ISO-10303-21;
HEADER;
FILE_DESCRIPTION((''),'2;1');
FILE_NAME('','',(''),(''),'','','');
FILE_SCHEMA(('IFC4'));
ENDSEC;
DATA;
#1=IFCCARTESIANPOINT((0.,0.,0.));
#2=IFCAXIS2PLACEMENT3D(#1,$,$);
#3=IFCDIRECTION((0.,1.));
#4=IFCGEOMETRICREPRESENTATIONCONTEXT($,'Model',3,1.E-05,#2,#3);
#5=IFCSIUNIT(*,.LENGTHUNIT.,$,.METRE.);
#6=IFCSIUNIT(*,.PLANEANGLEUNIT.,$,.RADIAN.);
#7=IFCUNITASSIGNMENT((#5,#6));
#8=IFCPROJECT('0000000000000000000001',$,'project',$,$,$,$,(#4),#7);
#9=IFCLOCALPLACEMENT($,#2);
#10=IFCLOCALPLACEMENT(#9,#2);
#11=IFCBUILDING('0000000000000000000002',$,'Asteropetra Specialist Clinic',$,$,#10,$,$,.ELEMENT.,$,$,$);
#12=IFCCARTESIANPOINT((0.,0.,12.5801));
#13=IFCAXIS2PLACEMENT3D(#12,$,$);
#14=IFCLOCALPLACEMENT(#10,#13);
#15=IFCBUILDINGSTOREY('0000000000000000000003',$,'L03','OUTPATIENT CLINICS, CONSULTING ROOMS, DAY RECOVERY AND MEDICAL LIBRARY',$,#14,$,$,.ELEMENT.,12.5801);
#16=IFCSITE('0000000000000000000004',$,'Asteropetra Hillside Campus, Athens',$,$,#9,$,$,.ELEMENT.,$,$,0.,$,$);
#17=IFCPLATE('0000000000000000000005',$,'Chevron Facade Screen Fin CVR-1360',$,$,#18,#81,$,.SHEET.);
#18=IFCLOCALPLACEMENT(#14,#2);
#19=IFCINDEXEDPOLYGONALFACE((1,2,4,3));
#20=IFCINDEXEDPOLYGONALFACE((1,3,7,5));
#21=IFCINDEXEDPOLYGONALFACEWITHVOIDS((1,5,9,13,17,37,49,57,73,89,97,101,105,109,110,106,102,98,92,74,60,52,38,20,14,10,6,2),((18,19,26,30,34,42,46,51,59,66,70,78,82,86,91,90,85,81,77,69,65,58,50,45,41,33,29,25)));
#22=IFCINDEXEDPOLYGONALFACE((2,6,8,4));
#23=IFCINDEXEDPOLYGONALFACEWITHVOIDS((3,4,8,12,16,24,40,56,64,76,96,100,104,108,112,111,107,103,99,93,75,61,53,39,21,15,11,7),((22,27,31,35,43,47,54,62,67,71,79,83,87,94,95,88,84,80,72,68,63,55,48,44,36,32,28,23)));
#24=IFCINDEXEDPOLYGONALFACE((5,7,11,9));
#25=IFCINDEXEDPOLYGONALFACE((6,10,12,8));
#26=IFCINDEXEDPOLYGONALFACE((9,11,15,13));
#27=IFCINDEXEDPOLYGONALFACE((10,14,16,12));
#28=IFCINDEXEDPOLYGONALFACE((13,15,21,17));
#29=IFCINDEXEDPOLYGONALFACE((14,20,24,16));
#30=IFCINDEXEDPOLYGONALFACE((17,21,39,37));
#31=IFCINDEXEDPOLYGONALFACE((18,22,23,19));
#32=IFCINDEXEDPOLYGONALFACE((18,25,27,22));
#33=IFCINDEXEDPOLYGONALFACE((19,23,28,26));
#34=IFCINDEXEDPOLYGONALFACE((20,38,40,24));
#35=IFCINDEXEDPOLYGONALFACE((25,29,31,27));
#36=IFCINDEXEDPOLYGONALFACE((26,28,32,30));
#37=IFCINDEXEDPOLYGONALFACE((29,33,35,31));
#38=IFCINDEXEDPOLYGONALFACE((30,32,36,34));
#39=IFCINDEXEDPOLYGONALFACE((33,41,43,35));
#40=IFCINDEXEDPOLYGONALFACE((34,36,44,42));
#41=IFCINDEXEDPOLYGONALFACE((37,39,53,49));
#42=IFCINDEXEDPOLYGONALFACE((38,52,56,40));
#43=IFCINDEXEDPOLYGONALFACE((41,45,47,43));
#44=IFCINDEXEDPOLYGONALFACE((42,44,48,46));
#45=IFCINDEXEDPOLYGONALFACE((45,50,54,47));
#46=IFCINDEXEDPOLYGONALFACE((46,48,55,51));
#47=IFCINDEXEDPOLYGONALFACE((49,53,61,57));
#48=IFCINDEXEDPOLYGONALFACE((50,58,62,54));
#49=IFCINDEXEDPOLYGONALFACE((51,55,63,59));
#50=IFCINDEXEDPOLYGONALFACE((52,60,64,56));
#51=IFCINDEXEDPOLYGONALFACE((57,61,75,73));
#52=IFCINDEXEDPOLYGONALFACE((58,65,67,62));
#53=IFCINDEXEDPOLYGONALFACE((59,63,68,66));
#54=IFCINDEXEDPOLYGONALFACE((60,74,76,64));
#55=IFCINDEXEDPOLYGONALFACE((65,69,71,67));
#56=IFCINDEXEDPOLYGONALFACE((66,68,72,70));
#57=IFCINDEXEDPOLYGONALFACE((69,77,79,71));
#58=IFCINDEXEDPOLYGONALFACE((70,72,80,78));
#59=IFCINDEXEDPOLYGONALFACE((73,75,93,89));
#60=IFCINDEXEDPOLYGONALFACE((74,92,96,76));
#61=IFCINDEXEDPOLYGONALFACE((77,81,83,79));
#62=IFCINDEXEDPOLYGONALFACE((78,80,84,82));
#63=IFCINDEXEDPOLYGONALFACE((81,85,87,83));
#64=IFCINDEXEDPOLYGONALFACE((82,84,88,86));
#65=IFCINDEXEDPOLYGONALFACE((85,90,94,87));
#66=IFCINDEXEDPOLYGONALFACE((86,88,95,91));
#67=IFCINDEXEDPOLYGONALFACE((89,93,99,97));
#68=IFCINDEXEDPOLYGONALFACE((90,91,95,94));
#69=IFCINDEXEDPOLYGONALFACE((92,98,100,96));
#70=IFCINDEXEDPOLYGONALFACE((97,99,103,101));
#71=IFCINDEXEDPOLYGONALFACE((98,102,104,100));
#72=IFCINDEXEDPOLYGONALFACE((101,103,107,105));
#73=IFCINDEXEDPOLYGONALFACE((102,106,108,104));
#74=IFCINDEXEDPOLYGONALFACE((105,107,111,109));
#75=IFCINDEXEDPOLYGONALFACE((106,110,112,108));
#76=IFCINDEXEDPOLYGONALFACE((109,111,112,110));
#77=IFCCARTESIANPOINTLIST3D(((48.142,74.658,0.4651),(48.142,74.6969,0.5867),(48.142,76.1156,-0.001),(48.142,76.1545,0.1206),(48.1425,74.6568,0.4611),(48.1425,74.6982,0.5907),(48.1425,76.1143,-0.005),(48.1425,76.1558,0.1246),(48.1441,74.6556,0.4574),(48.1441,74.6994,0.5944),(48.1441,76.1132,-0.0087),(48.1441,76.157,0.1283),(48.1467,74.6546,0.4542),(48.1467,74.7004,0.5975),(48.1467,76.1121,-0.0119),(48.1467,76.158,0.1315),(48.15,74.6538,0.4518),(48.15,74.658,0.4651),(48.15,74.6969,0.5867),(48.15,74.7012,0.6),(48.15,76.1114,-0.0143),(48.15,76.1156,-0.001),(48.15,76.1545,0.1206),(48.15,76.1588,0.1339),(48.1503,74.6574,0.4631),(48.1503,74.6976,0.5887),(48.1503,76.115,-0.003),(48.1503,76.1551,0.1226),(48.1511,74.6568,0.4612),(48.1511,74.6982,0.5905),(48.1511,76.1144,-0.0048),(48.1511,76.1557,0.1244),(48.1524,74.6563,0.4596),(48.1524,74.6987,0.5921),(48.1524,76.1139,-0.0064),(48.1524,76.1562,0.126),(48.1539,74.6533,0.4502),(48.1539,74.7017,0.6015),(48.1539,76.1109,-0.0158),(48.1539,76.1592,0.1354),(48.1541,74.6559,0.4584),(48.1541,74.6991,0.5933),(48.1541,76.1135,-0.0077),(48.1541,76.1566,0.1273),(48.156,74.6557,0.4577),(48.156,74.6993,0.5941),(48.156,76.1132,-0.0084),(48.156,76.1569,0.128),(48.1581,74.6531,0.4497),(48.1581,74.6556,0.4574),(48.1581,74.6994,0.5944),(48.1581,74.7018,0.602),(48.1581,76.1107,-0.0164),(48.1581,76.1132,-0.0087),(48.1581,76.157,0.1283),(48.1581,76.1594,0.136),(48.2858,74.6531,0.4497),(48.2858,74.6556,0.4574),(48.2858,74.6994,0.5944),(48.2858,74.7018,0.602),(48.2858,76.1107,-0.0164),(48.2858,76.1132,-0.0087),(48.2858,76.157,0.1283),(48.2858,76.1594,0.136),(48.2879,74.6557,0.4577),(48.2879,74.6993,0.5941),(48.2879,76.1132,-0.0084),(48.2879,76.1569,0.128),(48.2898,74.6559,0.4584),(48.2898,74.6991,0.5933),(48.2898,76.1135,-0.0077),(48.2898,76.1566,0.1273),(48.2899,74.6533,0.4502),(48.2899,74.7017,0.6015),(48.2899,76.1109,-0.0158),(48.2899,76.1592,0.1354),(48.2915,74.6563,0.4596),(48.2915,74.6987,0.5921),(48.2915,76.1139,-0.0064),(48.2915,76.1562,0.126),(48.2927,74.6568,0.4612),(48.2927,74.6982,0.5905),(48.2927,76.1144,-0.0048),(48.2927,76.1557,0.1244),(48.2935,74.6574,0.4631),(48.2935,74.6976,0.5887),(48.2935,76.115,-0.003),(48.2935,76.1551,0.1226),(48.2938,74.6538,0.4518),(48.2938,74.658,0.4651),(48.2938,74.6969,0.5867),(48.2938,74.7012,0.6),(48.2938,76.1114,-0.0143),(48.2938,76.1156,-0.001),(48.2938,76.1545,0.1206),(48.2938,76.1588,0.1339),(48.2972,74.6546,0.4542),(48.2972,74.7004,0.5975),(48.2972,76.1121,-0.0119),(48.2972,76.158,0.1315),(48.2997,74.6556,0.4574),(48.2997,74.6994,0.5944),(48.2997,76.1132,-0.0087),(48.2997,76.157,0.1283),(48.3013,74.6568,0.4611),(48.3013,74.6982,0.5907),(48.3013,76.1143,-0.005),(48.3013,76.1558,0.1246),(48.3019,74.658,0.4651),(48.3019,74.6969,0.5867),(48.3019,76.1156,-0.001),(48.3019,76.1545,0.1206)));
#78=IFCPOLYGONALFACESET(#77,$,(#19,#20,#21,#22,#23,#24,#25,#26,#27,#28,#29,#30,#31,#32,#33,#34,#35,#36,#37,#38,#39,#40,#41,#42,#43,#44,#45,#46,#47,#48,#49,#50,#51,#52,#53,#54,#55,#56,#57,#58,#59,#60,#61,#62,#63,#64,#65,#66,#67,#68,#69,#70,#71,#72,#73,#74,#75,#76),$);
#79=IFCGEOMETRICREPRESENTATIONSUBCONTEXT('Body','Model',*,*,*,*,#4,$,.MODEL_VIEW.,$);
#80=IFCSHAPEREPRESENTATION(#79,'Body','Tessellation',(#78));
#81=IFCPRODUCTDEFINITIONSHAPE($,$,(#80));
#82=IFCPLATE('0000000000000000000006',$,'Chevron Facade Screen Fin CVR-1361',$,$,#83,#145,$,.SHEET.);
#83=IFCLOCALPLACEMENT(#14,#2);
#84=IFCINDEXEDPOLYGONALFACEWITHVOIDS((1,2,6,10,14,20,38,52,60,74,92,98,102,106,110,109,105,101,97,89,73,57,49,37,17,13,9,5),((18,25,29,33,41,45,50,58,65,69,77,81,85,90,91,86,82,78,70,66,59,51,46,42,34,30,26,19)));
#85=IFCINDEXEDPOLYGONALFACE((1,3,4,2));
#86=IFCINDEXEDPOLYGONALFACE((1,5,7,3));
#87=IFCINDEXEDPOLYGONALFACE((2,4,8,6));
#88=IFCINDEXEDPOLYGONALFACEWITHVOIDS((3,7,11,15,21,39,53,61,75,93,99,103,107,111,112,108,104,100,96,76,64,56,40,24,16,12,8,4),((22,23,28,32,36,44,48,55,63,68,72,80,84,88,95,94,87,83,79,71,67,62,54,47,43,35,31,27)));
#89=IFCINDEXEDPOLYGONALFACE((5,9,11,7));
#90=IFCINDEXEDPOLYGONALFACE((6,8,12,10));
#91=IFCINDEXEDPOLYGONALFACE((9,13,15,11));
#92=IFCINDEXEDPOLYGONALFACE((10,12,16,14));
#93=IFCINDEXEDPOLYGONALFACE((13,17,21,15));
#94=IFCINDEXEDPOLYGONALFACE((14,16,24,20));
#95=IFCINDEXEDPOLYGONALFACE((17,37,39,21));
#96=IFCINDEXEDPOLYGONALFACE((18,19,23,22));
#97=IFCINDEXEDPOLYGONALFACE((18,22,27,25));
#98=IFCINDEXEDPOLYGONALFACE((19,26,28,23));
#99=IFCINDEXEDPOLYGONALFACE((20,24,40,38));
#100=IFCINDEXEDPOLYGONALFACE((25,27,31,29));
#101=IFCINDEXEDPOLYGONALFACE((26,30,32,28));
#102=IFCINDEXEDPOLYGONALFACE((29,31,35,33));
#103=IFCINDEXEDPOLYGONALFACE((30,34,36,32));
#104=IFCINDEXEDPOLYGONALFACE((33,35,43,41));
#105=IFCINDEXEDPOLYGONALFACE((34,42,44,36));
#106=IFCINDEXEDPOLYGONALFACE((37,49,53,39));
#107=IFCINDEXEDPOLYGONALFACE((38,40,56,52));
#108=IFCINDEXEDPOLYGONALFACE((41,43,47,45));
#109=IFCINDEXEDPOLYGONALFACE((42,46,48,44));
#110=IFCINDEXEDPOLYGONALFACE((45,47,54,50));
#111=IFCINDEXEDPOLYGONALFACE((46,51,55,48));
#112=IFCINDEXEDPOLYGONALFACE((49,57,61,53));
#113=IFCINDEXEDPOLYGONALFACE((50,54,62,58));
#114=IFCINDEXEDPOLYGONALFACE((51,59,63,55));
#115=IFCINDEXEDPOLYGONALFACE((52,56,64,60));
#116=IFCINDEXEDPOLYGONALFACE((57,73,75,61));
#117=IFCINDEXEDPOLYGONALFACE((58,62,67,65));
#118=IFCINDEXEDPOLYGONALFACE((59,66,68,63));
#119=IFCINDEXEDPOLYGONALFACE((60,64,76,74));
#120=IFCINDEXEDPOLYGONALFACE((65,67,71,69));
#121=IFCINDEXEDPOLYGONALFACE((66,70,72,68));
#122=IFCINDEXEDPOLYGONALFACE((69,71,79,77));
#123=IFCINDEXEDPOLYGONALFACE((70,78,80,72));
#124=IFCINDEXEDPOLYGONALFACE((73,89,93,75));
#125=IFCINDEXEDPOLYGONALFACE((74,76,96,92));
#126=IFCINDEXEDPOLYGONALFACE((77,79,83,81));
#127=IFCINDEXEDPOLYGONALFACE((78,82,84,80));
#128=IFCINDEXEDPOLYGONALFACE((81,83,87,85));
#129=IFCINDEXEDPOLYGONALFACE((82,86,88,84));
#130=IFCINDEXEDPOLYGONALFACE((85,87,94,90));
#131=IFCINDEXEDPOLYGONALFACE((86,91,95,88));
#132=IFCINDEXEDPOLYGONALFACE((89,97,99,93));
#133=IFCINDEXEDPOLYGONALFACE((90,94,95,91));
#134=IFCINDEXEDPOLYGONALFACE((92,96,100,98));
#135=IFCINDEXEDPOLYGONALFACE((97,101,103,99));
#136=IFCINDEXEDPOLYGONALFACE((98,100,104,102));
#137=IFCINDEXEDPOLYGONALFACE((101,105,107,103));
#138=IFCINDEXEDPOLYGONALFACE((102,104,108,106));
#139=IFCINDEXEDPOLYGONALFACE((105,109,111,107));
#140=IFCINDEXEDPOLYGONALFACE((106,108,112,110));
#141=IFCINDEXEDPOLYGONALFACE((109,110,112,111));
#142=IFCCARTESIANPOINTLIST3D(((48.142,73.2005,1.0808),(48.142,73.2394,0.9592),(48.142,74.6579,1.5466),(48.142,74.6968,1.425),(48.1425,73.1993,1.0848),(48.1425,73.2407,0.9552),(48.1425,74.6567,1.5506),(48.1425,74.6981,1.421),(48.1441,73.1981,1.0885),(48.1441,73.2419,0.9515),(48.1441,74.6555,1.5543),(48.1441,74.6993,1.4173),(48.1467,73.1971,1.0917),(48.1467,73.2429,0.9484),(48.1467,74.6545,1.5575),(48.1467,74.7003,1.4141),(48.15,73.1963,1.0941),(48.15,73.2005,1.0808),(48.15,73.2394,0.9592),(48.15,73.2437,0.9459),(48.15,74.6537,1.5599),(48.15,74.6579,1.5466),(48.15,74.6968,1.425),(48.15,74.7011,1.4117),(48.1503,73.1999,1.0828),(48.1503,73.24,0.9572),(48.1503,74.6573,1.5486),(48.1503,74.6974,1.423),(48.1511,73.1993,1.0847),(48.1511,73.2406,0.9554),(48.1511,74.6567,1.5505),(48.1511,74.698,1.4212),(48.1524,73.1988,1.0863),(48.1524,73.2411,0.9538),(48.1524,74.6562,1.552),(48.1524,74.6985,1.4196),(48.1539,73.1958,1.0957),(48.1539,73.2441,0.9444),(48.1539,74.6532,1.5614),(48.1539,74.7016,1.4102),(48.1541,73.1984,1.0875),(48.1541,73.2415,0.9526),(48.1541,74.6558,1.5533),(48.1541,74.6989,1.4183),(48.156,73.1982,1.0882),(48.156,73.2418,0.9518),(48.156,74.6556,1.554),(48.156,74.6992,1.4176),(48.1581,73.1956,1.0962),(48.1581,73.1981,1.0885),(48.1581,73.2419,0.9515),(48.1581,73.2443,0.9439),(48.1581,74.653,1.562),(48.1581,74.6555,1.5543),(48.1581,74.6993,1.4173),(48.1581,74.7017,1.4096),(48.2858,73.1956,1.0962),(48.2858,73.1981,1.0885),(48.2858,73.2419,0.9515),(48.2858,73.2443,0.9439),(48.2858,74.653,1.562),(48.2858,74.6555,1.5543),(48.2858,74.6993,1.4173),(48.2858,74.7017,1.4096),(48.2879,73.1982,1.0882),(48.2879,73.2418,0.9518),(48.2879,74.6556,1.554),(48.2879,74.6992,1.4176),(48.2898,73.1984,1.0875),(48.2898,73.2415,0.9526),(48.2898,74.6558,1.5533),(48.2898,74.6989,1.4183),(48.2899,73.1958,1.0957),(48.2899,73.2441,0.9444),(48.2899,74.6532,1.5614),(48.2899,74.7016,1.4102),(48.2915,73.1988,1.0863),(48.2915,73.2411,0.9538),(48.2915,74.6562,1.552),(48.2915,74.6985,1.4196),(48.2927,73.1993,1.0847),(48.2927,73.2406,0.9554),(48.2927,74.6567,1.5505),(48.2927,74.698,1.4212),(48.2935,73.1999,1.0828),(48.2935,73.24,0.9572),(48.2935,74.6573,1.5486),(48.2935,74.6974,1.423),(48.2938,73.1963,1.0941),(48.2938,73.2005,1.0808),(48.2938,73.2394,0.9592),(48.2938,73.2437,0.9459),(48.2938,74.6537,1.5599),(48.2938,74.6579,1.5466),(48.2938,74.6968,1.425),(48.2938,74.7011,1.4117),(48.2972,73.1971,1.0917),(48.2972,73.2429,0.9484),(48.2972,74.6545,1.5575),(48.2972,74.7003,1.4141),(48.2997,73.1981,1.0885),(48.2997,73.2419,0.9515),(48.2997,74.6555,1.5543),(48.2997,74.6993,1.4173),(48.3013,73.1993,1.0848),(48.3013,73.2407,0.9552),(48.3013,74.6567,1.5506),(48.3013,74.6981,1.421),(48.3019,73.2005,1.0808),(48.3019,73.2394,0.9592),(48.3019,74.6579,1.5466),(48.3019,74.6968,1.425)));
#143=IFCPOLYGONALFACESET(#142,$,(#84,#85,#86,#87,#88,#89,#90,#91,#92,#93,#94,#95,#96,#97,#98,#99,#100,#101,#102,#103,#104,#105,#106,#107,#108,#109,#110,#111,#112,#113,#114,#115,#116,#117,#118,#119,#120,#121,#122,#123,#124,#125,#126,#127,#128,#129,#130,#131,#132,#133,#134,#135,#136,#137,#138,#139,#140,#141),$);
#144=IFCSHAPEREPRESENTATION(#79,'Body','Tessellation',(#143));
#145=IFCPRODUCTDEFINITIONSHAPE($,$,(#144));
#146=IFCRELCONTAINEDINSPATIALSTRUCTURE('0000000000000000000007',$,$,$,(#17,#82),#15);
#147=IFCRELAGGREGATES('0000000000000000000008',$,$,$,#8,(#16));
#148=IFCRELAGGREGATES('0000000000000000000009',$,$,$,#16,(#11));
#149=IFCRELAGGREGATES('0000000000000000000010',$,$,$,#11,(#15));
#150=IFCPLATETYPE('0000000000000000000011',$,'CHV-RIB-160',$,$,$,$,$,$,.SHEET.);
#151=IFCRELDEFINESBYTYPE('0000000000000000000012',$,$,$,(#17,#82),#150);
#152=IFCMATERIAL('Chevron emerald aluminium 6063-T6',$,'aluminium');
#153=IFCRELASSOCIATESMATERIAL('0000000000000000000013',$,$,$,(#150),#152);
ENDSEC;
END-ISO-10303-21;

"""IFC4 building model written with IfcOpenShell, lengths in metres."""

from ifc_helpers import new_model, si_unit, direction, frame, origin, origin_2d, place, context, subcontext, project, spatial, hollow_rectangle, extrude, material, material_profile, profile_set, type_object, element, save


model = new_model("IFC4")

# Units and contexts
model_context = context("Model", 3, precision=1e-05, world=origin(), true_north=direction((0.0, 1.0)))
body_context = subcontext(model_context, "Body", "Model", "MODEL_VIEW")
ifc_project = project(units=[si_unit("LENGTHUNIT", "METRE"), si_unit("PLANEANGLEUNIT", "RADIAN")], contexts=[model_context])

# Site, building, storey
site_placement = place(None, origin())
site = spatial("IfcSite", under=ifc_project, at=site_placement, Name="Asteropetra Hillside Campus, Athens", CompositionType="ELEMENT", RefElevation=0.0)
building_placement = place(site_placement, origin())
building = spatial("IfcBuilding", under=site, at=building_placement, Name="Asteropetra Specialist Clinic", CompositionType="ELEMENT")
storey_placement = place(building_placement, frame((0.0, 0.0, 12.5801)))
storey = spatial("IfcBuildingStorey", under=building, at=storey_placement, Name="L03", Description="OUTPATIENT CLINICS, CONSULTING ROOMS, DAY RECOVERY AND MEDICAL LIBRARY", CompositionType="ELEMENT", Elevation=12.5801)

# Plates
ifc_material_1 = material(Name="Chevron emerald aluminium 6063-T6", Category="aluminium")
ifc_material_profile = material_profile(ifc_material_1, hollow_rectangle(XDim=0.1599, YDim=0.1599, WallThickness=0.0081, InnerFilletRadius=0.0081, OuterFilletRadius=0.0161, at=origin_2d()), Name="SHS 160x160x8.0")
ifc_profile_set = profile_set([ifc_material_profile], Name="Chevron emerald aluminium 6063-T6")
plate_type_1 = type_object("IfcPlateType", Name="CHV-RIB-160", PredefinedType="SHEET", material=ifc_profile_set)
for number, where, z_axis, x_axis, name in (
    (1, (48.2219, 74.6775, 0.5259), (0.0, 0.952489, -0.304573), (-1.0, 0.0, 0.0), "Chevron Facade Screen Fin CVR-1360"),
):
    element("IfcPlate", number, at=place(storey_placement, frame(where, z_axis=z_axis, x_axis=x_axis)), inside=storey, type_object=plate_type_1, Name=name, PredefinedType="SHEET", context=body_context, shape_type="SweptSolid", body=[
        extrude(hollow_rectangle(XDim=0.1599, YDim=0.1599, WallThickness=0.0081, InnerFilletRadius=0.0081, OuterFilletRadius=0.0161, at=origin_2d()), origin(), (0.0, 0.0, 1.0), 1.5303),
    ])
for number, where, z_axis, x_axis, name in (
    (2, (48.2219, 73.22, 1.02), (0.0, 0.952535, 0.304428), (-1.0, 0.0, 0.0), "Chevron Facade Screen Fin CVR-1361"),
):
    element("IfcPlate", number, at=place(storey_placement, frame(where, z_axis=z_axis, x_axis=x_axis)), inside=storey, type_object=plate_type_1, Name=name, PredefinedType="SHEET", context=body_context, shape_type="SweptSolid", body=[
        extrude(hollow_rectangle(XDim=0.1599, YDim=0.1599, WallThickness=0.0081, InnerFilletRadius=0.0081, OuterFilletRadius=0.0161, at=origin_2d()), origin(), (0.0, 0.0, 1.0), 1.53),
    ])

save(model, "model.ifc")
